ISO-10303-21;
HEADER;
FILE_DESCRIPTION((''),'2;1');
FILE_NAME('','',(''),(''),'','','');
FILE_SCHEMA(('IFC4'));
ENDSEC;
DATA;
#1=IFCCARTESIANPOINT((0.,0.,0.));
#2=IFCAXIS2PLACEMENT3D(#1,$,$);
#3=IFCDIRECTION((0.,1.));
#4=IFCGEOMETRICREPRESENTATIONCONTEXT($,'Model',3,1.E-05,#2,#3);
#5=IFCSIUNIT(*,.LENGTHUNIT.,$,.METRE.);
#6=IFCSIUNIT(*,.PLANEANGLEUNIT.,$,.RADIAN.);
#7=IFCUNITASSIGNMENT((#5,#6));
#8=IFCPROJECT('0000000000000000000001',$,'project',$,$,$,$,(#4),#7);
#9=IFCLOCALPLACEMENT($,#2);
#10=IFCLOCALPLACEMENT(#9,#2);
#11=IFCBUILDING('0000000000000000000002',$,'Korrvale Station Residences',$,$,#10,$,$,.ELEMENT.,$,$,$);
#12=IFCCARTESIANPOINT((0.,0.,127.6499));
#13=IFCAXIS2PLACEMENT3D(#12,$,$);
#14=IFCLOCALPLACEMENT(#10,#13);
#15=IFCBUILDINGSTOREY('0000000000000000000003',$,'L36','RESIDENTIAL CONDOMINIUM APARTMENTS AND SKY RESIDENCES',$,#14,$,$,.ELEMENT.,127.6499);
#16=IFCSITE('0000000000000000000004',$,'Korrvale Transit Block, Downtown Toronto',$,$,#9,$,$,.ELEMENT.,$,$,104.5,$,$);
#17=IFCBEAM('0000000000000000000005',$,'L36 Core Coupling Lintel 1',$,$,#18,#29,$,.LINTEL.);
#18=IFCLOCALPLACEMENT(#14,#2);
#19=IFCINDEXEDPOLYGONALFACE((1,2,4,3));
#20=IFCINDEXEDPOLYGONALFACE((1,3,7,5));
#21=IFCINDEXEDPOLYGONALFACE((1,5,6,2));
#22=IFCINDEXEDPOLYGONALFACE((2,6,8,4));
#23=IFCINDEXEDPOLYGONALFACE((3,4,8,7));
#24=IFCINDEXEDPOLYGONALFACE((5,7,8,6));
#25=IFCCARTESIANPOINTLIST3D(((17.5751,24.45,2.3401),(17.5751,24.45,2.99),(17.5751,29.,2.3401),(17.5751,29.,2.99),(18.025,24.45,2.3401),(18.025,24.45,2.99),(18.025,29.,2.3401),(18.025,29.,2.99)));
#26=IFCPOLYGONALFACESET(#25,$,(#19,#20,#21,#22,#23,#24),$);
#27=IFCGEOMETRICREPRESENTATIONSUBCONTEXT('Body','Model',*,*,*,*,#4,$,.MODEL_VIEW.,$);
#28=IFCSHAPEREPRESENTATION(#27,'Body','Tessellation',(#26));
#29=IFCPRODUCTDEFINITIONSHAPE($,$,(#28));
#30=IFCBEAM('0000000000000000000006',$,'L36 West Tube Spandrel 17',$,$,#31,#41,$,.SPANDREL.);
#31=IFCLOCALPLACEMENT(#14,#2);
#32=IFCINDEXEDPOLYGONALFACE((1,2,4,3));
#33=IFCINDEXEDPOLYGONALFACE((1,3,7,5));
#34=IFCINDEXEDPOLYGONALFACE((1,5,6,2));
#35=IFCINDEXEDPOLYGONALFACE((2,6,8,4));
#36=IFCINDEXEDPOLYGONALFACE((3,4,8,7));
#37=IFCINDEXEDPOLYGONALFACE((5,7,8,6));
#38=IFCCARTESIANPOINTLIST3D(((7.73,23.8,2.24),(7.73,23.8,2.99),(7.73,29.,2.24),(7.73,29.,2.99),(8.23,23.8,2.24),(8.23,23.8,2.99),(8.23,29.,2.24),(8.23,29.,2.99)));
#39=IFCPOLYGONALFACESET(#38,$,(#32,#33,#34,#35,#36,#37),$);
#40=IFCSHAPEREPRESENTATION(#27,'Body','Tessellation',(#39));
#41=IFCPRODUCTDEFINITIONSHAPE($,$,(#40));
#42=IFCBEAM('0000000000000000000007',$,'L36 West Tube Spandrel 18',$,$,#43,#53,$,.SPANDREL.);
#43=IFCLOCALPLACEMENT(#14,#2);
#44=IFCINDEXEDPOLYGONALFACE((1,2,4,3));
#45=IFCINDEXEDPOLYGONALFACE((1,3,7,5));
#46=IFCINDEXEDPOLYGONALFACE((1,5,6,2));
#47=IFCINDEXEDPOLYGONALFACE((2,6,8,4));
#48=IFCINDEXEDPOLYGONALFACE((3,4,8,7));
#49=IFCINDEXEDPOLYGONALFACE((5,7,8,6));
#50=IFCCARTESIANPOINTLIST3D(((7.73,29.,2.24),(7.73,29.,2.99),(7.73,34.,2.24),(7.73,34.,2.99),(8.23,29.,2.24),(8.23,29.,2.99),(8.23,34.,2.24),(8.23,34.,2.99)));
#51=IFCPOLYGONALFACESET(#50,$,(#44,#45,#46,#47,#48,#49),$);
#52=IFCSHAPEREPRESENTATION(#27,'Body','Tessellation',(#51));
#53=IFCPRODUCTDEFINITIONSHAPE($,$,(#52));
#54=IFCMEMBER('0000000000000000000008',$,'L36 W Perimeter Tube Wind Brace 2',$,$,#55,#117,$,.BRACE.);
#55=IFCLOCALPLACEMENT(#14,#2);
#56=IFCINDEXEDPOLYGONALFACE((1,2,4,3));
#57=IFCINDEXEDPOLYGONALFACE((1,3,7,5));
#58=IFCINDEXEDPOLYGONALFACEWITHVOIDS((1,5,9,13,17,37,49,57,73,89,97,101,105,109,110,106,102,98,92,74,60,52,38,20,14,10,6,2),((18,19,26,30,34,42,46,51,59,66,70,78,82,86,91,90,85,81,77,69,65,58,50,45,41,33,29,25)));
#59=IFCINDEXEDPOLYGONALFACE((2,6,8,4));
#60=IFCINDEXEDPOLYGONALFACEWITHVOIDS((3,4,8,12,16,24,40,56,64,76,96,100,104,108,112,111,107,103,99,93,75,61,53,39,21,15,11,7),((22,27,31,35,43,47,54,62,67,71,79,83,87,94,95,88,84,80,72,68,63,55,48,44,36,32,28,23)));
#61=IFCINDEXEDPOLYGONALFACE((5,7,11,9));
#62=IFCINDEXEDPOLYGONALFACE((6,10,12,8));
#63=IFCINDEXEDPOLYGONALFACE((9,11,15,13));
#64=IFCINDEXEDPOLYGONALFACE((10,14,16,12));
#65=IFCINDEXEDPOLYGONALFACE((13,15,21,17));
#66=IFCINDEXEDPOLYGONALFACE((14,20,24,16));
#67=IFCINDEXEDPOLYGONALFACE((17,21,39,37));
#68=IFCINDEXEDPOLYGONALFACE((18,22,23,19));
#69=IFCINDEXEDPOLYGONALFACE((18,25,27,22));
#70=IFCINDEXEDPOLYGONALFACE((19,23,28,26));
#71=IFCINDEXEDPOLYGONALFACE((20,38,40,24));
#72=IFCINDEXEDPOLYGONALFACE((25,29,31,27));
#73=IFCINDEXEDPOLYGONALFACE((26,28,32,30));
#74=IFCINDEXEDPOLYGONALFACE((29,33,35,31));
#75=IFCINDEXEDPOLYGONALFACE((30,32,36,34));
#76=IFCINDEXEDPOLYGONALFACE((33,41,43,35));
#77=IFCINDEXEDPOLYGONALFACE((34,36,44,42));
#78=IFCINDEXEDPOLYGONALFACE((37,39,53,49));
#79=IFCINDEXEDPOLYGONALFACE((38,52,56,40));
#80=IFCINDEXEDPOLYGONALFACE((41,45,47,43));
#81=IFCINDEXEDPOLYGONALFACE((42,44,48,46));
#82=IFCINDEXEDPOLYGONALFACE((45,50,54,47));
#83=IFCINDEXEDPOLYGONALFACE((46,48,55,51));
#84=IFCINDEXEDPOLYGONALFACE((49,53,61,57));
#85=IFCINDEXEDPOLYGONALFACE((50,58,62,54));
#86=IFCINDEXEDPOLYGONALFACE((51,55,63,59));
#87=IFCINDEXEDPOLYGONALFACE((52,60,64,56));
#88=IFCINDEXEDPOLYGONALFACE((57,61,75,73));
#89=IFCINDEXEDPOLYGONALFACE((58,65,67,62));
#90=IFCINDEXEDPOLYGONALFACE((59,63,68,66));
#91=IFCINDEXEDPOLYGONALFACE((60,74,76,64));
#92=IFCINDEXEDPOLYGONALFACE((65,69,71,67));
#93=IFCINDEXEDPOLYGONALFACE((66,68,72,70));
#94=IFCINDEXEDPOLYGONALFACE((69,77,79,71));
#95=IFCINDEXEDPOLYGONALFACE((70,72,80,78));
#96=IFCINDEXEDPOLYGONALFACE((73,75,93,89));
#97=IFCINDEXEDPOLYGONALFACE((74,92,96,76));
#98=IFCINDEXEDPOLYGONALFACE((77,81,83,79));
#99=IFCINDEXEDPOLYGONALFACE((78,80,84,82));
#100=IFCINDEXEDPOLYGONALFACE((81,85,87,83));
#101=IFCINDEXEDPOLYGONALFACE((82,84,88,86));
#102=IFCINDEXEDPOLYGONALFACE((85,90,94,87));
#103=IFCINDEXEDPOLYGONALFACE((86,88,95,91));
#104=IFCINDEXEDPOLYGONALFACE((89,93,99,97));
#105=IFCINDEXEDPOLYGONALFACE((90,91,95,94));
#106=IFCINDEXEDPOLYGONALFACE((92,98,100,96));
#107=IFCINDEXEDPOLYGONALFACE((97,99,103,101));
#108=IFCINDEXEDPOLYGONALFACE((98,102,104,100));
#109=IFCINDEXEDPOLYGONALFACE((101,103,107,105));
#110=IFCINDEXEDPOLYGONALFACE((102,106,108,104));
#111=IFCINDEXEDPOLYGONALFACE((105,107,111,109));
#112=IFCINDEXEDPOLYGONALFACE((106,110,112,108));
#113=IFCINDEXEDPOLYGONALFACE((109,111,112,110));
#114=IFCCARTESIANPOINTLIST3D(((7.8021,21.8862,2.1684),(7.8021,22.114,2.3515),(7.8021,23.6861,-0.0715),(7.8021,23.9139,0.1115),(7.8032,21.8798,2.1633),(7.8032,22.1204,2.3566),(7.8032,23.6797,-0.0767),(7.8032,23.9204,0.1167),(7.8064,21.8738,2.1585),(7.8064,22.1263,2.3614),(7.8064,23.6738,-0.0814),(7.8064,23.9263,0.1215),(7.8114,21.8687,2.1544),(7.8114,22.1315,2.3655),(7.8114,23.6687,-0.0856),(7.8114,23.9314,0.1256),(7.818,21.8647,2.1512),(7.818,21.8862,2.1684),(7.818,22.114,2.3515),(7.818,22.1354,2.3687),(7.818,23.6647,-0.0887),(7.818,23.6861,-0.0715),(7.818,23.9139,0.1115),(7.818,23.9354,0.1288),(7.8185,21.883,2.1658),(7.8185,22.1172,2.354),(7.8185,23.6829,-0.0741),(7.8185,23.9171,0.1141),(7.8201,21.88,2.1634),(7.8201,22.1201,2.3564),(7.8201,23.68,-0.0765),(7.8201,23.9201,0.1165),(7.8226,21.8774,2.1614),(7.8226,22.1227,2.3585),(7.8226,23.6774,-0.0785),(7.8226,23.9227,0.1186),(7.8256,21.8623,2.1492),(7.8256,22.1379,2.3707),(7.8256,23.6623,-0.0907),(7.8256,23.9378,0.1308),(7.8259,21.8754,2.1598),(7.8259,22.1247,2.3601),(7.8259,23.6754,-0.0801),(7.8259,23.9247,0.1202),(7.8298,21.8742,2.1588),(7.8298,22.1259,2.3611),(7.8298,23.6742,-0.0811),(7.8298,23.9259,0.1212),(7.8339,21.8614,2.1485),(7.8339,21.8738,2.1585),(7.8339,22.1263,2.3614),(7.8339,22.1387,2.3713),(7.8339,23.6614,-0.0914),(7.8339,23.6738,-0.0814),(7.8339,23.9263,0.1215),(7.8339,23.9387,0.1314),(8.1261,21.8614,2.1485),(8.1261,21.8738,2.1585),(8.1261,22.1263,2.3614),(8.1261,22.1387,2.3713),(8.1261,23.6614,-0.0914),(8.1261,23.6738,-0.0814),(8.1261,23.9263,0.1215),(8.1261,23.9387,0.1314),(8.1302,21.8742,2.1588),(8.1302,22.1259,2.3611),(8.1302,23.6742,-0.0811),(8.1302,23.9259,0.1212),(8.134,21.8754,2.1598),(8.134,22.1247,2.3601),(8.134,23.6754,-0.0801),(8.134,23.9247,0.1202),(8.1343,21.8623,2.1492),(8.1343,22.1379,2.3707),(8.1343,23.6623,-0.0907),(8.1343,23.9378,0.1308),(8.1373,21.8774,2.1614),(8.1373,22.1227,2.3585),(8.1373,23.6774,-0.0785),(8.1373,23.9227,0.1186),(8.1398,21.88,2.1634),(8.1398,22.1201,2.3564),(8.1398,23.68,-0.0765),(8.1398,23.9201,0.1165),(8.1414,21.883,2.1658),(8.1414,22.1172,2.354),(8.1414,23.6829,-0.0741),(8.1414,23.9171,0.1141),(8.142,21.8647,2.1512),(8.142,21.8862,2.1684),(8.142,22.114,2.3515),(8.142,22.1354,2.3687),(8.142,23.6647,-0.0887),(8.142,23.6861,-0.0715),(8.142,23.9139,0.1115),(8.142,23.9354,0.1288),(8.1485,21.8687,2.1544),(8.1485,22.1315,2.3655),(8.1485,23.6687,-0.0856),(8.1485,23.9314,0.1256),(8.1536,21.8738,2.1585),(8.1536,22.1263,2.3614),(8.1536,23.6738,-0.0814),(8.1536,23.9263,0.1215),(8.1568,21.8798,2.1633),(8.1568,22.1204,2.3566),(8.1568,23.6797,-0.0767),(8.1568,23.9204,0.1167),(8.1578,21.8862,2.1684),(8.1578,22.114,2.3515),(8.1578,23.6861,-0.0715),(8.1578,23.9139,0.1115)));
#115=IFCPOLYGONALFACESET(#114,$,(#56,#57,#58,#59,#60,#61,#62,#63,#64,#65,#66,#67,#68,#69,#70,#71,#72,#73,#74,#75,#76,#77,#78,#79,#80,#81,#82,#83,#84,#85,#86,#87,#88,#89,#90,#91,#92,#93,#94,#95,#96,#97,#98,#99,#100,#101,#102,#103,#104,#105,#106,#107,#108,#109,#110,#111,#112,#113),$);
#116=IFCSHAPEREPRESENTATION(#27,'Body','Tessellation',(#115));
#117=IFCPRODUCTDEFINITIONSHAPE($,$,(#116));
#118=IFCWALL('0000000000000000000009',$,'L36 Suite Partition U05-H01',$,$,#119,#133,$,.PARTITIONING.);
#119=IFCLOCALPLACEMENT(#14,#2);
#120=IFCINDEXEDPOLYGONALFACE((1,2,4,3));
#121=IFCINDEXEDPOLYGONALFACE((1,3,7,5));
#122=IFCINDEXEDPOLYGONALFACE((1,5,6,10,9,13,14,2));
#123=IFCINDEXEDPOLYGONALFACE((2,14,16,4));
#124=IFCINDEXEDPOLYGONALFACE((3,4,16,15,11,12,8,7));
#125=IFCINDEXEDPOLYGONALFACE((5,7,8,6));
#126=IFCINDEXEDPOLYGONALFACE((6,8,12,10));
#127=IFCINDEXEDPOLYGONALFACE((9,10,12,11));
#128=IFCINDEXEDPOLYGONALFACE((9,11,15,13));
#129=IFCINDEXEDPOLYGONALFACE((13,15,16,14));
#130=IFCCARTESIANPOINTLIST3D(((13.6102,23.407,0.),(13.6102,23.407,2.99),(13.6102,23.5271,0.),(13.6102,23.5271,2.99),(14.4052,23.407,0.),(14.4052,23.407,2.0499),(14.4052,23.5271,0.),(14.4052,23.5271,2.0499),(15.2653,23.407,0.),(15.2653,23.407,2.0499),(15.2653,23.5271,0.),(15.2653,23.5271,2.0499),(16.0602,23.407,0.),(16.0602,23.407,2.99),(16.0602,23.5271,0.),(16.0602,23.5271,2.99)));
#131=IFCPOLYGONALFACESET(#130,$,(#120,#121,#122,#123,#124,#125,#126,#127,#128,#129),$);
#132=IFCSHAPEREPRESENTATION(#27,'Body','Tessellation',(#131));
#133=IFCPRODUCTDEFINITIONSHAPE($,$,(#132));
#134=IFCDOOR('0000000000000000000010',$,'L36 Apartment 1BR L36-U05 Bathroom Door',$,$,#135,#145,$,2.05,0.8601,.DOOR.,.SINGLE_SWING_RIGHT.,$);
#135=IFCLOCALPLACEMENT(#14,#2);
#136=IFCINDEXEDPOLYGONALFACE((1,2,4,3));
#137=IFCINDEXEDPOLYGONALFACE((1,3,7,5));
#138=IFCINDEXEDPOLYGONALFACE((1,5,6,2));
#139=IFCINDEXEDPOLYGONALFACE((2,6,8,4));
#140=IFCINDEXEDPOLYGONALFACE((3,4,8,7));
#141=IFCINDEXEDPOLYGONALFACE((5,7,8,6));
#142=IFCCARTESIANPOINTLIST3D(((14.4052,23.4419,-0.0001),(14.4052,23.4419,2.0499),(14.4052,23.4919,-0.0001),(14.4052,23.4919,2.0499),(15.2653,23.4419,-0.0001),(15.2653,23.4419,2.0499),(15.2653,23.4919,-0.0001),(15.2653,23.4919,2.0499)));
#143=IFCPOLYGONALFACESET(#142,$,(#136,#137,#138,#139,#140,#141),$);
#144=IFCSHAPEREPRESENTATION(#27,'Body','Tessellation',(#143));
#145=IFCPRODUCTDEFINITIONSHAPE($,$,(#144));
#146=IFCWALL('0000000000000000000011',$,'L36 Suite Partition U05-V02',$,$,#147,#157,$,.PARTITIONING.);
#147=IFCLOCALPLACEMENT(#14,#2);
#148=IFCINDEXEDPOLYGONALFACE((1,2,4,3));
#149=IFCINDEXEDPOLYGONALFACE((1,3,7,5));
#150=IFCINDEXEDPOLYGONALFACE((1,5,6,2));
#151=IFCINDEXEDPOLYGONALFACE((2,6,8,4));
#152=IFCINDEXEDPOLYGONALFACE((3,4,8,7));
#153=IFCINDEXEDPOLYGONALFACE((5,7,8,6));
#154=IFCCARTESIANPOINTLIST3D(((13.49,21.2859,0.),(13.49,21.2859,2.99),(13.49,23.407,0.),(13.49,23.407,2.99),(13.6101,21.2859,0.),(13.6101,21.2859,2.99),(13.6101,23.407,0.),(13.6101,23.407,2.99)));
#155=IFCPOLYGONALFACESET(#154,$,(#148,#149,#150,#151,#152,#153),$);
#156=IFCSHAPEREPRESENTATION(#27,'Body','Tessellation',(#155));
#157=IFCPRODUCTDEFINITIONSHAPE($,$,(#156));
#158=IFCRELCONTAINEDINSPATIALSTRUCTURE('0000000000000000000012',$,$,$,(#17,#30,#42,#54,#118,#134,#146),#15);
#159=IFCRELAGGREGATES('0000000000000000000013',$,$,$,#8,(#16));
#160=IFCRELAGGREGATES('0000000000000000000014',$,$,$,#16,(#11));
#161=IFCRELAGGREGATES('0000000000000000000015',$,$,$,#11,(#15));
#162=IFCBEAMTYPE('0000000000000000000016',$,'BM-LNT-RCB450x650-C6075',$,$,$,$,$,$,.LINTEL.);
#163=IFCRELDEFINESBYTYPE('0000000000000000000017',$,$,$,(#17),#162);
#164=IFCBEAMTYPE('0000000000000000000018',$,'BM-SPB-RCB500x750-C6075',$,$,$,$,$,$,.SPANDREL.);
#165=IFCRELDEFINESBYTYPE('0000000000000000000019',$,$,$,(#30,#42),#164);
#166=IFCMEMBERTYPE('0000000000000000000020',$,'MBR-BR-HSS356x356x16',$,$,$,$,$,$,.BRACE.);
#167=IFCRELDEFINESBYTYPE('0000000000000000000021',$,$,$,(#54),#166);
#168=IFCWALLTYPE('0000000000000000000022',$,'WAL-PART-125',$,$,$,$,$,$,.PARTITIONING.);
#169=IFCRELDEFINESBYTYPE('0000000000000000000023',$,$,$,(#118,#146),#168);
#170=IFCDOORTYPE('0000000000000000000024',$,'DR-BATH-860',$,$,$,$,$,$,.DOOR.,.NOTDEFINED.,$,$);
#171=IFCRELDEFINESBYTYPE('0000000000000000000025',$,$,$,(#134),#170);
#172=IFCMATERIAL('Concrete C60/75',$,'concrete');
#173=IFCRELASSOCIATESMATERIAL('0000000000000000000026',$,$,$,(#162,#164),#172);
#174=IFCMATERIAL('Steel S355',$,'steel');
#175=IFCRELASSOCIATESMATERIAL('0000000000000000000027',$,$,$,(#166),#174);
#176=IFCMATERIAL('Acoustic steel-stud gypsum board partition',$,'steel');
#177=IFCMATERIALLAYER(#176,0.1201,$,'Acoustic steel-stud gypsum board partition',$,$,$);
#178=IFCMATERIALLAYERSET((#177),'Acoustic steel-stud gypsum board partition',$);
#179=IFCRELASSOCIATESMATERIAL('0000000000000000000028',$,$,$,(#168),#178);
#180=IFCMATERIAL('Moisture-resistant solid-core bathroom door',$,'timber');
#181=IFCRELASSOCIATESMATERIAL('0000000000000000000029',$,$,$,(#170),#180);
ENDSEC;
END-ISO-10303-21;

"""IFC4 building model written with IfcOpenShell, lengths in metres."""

from ifc_helpers import new_model, si_unit, direction, frame, frame_2d, origin, origin_2d, place, context, subcontext, project, spatial, rectangle, hollow_rectangle, extrude, material, layer, layer_set, material_profile, profile_set, type_object, element, fill, save


model = new_model("IFC4")

# Units and contexts
model_context = context("Model", 3, precision=1e-05, world=origin(), true_north=direction((0.0, 1.0)))
body_context = subcontext(model_context, "Body", "Model", "MODEL_VIEW")
ifc_project = project(units=[si_unit("LENGTHUNIT", "METRE"), si_unit("PLANEANGLEUNIT", "RADIAN")], contexts=[model_context])

# Site, building, storey
site_placement = place(None, origin())
site = spatial("IfcSite", under=ifc_project, at=site_placement, Name="Korrvale Transit Block, Downtown Toronto", CompositionType="ELEMENT", RefElevation=104.5)
building_placement = place(site_placement, origin())
building = spatial("IfcBuilding", under=site, at=building_placement, Name="Korrvale Station Residences", CompositionType="ELEMENT")
storey_placement = place(building_placement, frame((0.0, 0.0, 127.6499)))
storey = spatial("IfcBuildingStorey", under=building, at=storey_placement, Name="L36", Description="RESIDENTIAL CONDOMINIUM APARTMENTS AND SKY RESIDENCES", CompositionType="ELEMENT", Elevation=127.6499)

# Shared definitions
ifc_material_1 = material(Name="Concrete C60/75", Category="concrete")

# Beams
ifc_material_2 = material(Name="Steel S355", Category="steel")
ifc_material_profile_1 = material_profile(ifc_material_1, rectangle(XDim=0.45, YDim=0.6499, at=origin_2d()), Name="RCB450x650")
ifc_profile_set_1 = profile_set([ifc_material_profile_1], Name="Concrete C60/75")
beam_type_1 = type_object("IfcBeamType", Name="BM-LNT-RCB450x650-C6075", PredefinedType="LINTEL", material=ifc_profile_set_1)
beam_1_placement = place(storey_placement, frame((17.8, 24.45, 2.665), z_axis=(0.0, 1.0, 0.0), x_axis=(-1.0, 0.0, 0.0)))
element("IfcBeam", 1, at=beam_1_placement, inside=storey, type_object=beam_type_1, Name="L36 Core Coupling Lintel 1", PredefinedType="LINTEL", context=body_context, shape_type="SweptSolid", body=[
    extrude(rectangle(XDim=0.45, YDim=0.6499, at=origin_2d()), origin(), (0.0, 0.0, 1.0), 4.55),
])
ifc_material_profile_2 = material_profile(ifc_material_1, rectangle(XDim=0.5, YDim=0.75, at=origin_2d()), Name="RCB500x750")
ifc_profile_set_2 = profile_set([ifc_material_profile_2], Name="Concrete C60/75")
beam_type_2 = type_object("IfcBeamType", Name="BM-SPB-RCB500x750-C6075", PredefinedType="SPANDREL", material=ifc_profile_set_2)
beam_2_placement = place(storey_placement, frame((7.98, 23.8, 2.615), z_axis=(0.0, 1.0, 0.0), x_axis=(-1.0, 0.0, 0.0)))
element("IfcBeam", 2, at=beam_2_placement, inside=storey, type_object=beam_type_2, Name="L36 West Tube Spandrel 17", PredefinedType="SPANDREL", context=body_context, shape_type="SweptSolid", body=[
    extrude(rectangle(XDim=0.5, YDim=0.75, at=origin_2d()), origin(), (0.0, 0.0, 1.0), 5.2),
])
beam_3_placement = place(storey_placement, frame((7.98, 29.0, 2.615), z_axis=(0.0, 1.0, 0.0), x_axis=(-1.0, 0.0, 0.0)))
element("IfcBeam", 3, at=beam_3_placement, inside=storey, type_object=beam_type_2, Name="L36 West Tube Spandrel 18", PredefinedType="SPANDREL", context=body_context, shape_type="SweptSolid", body=[
    extrude(rectangle(XDim=0.5, YDim=0.75, at=origin_2d()), origin(), (0.0, 0.0, 1.0), 5.0),
])

# Member
ifc_material_profile_3 = material_profile(ifc_material_2, hollow_rectangle(XDim=0.3557, YDim=0.3557, WallThickness=0.0159, InnerFilletRadius=0.0159, OuterFilletRadius=0.0317, at=origin_2d()), Name="HSS356x356x16")
ifc_profile_set_3 = profile_set([ifc_material_profile_3], Name="Steel S355")
member_type = type_object("IfcMemberType", Name="MBR-BR-HSS356x356x16", PredefinedType="BRACE", material=ifc_profile_set_3)
member_placement = place(storey_placement, frame((7.98, 23.8, 0.02), z_axis=(0.0, -0.626403, 0.779499), x_axis=(1.0, 0.0, 0.0)))
element("IfcMember", 4, at=member_placement, inside=storey, type_object=member_type, Name="L36 W Perimeter Tube Wind Brace 2", PredefinedType="BRACE", context=body_context, shape_type="SweptSolid", body=[
    extrude(hollow_rectangle(XDim=0.3557, YDim=0.3557, WallThickness=0.0159, InnerFilletRadius=0.0159, OuterFilletRadius=0.0317, at=origin_2d()), origin(), (0.0, 0.0, 1.0), 2.8735),
])

# Wall, opening, door
ifc_material_3 = material(Name="Acoustic steel-stud gypsum board partition", Category="steel")
ifc_layer_1 = layer(ifc_material_3, 0.1201, Name="Acoustic steel-stud gypsum board partition")
ifc_layer_set_1 = layer_set([ifc_layer_1], Name="Acoustic steel-stud gypsum board partition")
wall_type_1 = type_object("IfcWallType", Name="WAL-PART-125", PredefinedType="PARTITIONING", material=ifc_layer_set_1)
wall_1_placement = place(storey_placement, frame((13.6101, 23.467, 0.0), z_axis=(0.0, 0.0, 1.0), x_axis=(1.0, 0.0, 0.0)))
wall_1 = element("IfcWall", 5, at=wall_1_placement, inside=storey, type_object=wall_type_1, Name="L36 Suite Partition U05-H01", PredefinedType="PARTITIONING", context=body_context, shape_type="SweptSolid", body=[
    extrude(rectangle(XDim=2.45, YDim=0.1201, at=frame_2d((1.2251, 0.0))), origin(), (0.0, 0.0, 1.0), 2.99),
])
opening_1_placement = place(wall_1_placement, frame((0.7949, 0.0, 0.0)))
opening_1 = element("IfcOpeningElement", 6, at=opening_1_placement, cuts=wall_1, PredefinedType="OPENING", context=body_context, shape_type="SweptSolid", body=[
    extrude(rectangle(XDim=0.8601, YDim=2.05, at=frame_2d((0.4302, 1.0249))), frame((0.0, 0.0701, 0.0), z_axis=(0.0, -1.0, 0.0), x_axis=(1.0, 0.0, 0.0)), (0.0, 0.0, 1.0), 0.1401),
])
ifc_material_4 = material(Name="Moisture-resistant solid-core bathroom door", Category="timber")
door_type_1 = type_object("IfcDoorType", Name="DR-BATH-860", OperationType="NOTDEFINED", PredefinedType="DOOR", material=ifc_material_4)
door_1_placement = place(opening_1_placement, origin())
door_1 = element("IfcDoor", 7, at=door_1_placement, inside=storey, type_object=door_type_1, Name="L36 Apartment 1BR L36-U05 Bathroom Door", OperationType="SINGLE_SWING_RIGHT", OverallHeight=2.05, OverallWidth=0.8601, PredefinedType="DOOR", context=body_context, shape_type="SweptSolid", body=[
    extrude(rectangle(XDim=0.8601, YDim=2.05, at=frame_2d((0.4302, 1.0249))), frame((0.0, 0.0249, 0.0), z_axis=(0.0, -1.0, 0.0), x_axis=(1.0, 0.0, 0.0)), (0.0, 0.0, 1.0), 0.05),
])
fill(opening_1, door_1)

# Wall
wall_2_placement = place(storey_placement, frame((13.55, 21.2859, 0.0), z_axis=(0.0, 0.0, 1.0), x_axis=(0.0, 1.0, 0.0)))
element("IfcWall", 8, at=wall_2_placement, inside=storey, type_object=wall_type_1, Name="L36 Suite Partition U05-V02", PredefinedType="PARTITIONING", context=body_context, shape_type="SweptSolid", body=[
    extrude(rectangle(XDim=2.1211, YDim=0.1201, at=frame_2d((1.0605, 0.0))), origin(), (0.0, 0.0, 1.0), 2.99),
])

save(model, "model.ifc")
